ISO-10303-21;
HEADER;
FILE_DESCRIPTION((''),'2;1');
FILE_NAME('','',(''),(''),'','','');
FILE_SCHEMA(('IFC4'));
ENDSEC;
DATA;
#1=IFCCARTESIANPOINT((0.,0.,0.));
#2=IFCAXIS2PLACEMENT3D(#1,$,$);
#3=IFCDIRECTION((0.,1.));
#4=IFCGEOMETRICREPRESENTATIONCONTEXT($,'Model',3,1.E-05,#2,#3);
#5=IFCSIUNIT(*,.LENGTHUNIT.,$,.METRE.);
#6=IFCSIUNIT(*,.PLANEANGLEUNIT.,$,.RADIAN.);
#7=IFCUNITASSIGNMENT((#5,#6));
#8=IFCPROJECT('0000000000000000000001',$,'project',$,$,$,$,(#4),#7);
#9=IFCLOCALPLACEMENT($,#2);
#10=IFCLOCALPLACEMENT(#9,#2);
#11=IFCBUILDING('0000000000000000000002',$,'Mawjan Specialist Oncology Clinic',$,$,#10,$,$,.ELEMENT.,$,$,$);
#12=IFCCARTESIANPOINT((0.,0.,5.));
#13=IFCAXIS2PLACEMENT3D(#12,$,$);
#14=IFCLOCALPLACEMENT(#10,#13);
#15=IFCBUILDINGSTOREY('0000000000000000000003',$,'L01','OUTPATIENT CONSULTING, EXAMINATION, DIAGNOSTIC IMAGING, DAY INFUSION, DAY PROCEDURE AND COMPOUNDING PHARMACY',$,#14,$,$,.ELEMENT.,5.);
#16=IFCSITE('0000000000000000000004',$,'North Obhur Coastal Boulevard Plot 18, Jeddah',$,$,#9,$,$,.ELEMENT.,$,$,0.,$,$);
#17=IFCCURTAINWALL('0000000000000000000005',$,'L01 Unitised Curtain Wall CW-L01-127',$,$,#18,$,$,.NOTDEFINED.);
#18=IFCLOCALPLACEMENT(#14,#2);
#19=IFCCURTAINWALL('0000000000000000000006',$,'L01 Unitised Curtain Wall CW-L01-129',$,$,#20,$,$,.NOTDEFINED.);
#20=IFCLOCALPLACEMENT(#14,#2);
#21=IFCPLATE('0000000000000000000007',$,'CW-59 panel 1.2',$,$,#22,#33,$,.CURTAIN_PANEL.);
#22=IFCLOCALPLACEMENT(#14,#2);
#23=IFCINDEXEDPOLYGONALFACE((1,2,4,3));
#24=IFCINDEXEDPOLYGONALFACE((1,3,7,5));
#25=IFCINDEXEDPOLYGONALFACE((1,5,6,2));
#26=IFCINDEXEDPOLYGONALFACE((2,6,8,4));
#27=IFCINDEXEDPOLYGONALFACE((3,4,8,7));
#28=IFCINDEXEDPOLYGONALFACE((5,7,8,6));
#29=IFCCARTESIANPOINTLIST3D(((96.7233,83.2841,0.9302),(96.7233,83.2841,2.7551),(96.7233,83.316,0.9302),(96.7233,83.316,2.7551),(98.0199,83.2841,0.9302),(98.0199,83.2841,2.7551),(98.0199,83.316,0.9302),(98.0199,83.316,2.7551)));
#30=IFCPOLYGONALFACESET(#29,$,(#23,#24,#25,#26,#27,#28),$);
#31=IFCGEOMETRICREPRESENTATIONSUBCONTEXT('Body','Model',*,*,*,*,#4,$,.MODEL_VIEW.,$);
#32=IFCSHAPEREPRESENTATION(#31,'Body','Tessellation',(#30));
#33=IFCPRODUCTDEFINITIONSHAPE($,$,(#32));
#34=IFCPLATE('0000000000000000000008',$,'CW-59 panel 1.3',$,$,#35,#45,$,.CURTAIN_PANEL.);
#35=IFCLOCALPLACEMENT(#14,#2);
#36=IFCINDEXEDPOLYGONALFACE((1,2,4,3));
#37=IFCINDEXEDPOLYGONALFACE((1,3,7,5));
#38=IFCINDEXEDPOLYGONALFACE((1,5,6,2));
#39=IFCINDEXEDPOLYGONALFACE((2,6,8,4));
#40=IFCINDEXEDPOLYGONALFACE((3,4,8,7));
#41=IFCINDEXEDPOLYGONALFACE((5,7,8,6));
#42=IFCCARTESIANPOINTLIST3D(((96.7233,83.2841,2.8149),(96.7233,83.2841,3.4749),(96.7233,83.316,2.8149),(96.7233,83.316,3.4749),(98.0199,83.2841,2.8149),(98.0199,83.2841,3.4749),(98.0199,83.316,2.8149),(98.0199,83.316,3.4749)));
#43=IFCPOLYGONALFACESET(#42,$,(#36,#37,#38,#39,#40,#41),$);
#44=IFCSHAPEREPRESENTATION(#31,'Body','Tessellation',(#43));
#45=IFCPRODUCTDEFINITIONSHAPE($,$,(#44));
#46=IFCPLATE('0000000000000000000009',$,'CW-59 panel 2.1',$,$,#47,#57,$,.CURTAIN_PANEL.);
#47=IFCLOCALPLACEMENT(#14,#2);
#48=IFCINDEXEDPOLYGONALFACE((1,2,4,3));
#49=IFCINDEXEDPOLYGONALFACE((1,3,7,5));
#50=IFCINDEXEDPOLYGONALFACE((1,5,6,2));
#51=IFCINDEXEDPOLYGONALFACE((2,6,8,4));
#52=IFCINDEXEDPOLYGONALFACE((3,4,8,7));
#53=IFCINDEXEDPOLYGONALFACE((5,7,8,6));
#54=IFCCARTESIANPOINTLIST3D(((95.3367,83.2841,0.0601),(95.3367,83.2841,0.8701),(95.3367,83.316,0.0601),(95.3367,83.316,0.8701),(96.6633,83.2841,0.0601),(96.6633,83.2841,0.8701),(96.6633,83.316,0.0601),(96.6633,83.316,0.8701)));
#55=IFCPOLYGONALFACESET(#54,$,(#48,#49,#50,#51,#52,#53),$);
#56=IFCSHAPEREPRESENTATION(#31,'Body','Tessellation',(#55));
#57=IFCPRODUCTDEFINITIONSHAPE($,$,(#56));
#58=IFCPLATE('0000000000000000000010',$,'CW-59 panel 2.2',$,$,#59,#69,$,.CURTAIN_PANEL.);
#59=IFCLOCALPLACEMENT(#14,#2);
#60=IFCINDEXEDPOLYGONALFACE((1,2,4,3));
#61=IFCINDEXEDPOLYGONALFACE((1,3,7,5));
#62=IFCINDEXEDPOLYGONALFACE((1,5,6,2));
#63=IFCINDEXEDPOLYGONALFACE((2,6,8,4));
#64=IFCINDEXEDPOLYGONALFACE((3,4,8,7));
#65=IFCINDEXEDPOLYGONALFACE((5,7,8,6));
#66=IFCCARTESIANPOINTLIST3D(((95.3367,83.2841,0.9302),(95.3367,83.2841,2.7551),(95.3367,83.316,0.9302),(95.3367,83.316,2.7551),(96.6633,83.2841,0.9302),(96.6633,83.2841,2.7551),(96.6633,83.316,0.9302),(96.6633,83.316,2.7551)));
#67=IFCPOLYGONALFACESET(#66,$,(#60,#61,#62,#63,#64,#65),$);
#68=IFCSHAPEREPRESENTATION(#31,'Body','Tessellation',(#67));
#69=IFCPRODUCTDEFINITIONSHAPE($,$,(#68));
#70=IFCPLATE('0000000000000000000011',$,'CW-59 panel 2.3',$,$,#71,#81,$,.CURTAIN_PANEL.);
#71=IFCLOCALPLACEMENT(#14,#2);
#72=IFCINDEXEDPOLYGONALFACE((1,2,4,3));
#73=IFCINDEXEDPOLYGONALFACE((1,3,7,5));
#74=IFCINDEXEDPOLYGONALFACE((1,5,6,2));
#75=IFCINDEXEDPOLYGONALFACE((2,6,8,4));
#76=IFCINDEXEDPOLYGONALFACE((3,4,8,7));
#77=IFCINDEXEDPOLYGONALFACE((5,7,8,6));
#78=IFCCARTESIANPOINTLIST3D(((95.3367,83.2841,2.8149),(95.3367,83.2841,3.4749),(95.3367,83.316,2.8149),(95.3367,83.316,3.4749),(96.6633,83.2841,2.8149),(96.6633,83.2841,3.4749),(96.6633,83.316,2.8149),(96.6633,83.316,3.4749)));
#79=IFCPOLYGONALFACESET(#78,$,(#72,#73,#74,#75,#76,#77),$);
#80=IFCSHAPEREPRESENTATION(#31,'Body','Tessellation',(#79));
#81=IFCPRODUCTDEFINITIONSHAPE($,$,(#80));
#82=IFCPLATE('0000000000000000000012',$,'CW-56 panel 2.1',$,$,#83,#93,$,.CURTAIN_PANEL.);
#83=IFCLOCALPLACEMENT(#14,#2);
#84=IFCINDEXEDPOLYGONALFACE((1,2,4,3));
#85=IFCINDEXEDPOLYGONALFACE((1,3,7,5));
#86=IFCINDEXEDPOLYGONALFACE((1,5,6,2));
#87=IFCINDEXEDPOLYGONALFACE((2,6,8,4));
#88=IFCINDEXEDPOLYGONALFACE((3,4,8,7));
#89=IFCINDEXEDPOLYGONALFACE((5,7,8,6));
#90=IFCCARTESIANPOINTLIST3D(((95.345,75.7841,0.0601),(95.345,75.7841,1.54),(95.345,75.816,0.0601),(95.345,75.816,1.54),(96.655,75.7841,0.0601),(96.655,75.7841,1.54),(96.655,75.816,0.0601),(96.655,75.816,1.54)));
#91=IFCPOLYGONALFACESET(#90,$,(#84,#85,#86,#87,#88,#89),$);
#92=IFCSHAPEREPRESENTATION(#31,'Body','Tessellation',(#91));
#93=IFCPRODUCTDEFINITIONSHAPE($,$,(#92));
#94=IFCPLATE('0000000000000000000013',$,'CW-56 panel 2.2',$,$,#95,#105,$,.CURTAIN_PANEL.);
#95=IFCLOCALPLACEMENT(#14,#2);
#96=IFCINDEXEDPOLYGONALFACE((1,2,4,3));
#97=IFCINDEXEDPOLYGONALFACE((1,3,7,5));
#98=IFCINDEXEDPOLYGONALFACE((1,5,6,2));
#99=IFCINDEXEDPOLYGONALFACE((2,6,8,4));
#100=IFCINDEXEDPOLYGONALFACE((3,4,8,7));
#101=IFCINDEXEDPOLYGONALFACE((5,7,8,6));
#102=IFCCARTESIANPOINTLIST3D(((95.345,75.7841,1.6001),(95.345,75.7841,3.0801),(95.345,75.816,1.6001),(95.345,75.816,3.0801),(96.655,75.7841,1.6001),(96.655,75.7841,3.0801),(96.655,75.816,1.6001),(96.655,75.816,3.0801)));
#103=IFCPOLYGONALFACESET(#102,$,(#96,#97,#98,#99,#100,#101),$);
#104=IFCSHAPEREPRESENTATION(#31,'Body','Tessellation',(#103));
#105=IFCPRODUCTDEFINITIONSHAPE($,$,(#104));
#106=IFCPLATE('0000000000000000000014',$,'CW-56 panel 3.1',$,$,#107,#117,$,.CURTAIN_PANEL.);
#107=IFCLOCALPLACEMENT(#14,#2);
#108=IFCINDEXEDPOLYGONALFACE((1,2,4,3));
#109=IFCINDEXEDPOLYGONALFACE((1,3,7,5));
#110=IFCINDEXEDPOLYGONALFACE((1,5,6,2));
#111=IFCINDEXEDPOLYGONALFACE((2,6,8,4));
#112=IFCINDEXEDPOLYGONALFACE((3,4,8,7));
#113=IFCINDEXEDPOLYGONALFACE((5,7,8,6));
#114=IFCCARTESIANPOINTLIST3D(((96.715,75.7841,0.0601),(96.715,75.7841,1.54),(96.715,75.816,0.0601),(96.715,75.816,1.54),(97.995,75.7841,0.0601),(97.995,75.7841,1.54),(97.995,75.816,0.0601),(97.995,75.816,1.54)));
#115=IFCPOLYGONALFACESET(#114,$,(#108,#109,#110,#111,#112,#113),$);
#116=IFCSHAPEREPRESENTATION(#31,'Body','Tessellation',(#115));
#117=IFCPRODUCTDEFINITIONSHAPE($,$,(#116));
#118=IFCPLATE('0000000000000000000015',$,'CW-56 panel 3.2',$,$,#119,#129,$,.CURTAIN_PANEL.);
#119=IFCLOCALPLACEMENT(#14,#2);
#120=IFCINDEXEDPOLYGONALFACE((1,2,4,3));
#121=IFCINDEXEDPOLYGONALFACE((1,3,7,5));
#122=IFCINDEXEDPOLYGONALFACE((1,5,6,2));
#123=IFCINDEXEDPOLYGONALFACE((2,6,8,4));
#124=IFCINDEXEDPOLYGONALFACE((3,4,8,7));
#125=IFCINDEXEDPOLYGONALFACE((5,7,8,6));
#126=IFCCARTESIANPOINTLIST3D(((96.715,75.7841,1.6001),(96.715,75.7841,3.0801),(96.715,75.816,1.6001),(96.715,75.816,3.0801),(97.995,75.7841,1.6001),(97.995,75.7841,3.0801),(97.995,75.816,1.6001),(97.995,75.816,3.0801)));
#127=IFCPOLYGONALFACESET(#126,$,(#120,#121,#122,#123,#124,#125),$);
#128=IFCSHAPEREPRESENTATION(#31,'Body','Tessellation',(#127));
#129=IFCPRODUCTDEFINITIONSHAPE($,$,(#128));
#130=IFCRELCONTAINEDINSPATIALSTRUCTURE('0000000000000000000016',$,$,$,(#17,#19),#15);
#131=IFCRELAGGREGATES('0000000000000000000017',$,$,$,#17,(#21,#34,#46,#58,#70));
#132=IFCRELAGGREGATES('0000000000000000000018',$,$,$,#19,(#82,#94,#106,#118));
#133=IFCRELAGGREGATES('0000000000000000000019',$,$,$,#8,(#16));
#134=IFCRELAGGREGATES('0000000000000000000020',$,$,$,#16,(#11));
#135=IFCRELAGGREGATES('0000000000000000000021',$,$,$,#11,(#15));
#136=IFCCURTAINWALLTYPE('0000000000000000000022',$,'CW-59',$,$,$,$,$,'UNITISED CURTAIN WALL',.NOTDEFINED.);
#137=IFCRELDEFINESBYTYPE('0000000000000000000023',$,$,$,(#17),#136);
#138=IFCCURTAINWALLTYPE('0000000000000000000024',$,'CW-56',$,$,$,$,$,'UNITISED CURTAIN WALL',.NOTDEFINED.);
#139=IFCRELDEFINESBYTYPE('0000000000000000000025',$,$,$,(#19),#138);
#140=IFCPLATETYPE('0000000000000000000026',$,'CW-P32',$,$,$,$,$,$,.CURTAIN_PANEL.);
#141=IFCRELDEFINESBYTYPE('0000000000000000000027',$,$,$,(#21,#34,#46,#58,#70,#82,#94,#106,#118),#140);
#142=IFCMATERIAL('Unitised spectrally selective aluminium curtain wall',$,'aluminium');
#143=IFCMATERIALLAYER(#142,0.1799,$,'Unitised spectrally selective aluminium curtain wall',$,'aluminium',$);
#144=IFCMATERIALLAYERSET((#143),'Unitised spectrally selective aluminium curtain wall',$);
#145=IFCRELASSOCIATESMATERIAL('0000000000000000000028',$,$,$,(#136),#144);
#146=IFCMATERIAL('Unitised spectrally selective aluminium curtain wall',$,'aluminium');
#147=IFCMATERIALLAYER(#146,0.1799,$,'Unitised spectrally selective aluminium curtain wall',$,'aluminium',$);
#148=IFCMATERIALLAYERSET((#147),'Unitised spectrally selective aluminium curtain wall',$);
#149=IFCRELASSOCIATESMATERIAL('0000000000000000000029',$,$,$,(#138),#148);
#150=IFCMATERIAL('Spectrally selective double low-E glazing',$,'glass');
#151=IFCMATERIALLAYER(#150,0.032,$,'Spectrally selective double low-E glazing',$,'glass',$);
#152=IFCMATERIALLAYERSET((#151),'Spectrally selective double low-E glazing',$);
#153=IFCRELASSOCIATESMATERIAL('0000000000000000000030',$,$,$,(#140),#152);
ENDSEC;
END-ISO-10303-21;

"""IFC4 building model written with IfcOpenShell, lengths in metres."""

from ifc_helpers import new_model, si_unit, direction, frame, origin, origin_2d, place, context, subcontext, project, spatial, rectangle, extrude, material, layer, layer_set, type_object, element, aggregate, save


model = new_model("IFC4")

# Units and contexts
model_context = context("Model", 3, precision=1e-05, world=origin(), true_north=direction((0.0, 1.0)))
body_context = subcontext(model_context, "Body", "Model", "MODEL_VIEW")
ifc_project = project(units=[si_unit("LENGTHUNIT", "METRE"), si_unit("PLANEANGLEUNIT", "RADIAN")], contexts=[model_context])

# Site, building, storey
site_placement = place(None, origin())
site = spatial("IfcSite", under=ifc_project, at=site_placement, Name="North Obhur Coastal Boulevard Plot 18, Jeddah", CompositionType="ELEMENT", RefElevation=0.0)
building_placement = place(site_placement, origin())
building = spatial("IfcBuilding", under=site, at=building_placement, Name="Mawjan Specialist Oncology Clinic", CompositionType="ELEMENT")
storey_placement = place(building_placement, frame((0.0, 0.0, 5.0)))
storey = spatial("IfcBuildingStorey", under=building, at=storey_placement, Name="L01", Description="OUTPATIENT CONSULTING, EXAMINATION, DIAGNOSTIC IMAGING, DAY INFUSION, DAY PROCEDURE AND COMPOUNDING PHARMACY", CompositionType="ELEMENT", Elevation=5.0)

# Curtain walls
ifc_material_1 = material(Name="Unitised spectrally selective aluminium curtain wall", Category="aluminium")
ifc_layer_1 = layer(ifc_material_1, 0.1799, Name="Unitised spectrally selective aluminium curtain wall", Category="aluminium")
ifc_layer_set_1 = layer_set([ifc_layer_1], Name="Unitised spectrally selective aluminium curtain wall")
curtain_wall_type_1 = type_object("IfcCurtainWallType", Name="CW-59", ElementType="UNITISED CURTAIN WALL", PredefinedType="NOTDEFINED", material=ifc_layer_set_1)
curtain_wall_1_placement = place(storey_placement, origin())
curtain_wall_1 = element("IfcCurtainWall", 1, at=curtain_wall_1_placement, inside=storey, type_object=curtain_wall_type_1, Name="L01 Unitised Curtain Wall CW-L01-127", PredefinedType="NOTDEFINED")
ifc_material_2 = material(Name="Unitised spectrally selective aluminium curtain wall", Category="aluminium")
ifc_layer_2 = layer(ifc_material_2, 0.1799, Name="Unitised spectrally selective aluminium curtain wall", Category="aluminium")
ifc_layer_set_2 = layer_set([ifc_layer_2], Name="Unitised spectrally selective aluminium curtain wall")
curtain_wall_type_2 = type_object("IfcCurtainWallType", Name="CW-56", ElementType="UNITISED CURTAIN WALL", PredefinedType="NOTDEFINED", material=ifc_layer_set_2)
curtain_wall_2_placement = place(storey_placement, origin())
curtain_wall_2 = element("IfcCurtainWall", 2, at=curtain_wall_2_placement, inside=storey, type_object=curtain_wall_type_2, Name="L01 Unitised Curtain Wall CW-L01-129", PredefinedType="NOTDEFINED")

# Plates
ifc_material_3 = material(Name="Spectrally selective double low-E glazing", Category="glass")
ifc_layer_3 = layer(ifc_material_3, 0.032, Name="Spectrally selective double low-E glazing", Category="glass")
ifc_layer_set_3 = layer_set([ifc_layer_3], Name="Spectrally selective double low-E glazing")
plate_type = type_object("IfcPlateType", Name="CW-P32", PredefinedType="CURTAIN_PANEL", material=ifc_layer_set_3)
plate_1_placement = place(storey_placement, frame((97.3716, 83.3, 0.9302), z_axis=(0.0, 0.0, 1.0), x_axis=(-1.0, 0.0, 0.0)))
plate_1 = element("IfcPlate", 3, at=plate_1_placement, type_object=plate_type, Name="CW-59 panel 1.2", PredefinedType="CURTAIN_PANEL", context=body_context, shape_type="SweptSolid", body=[
    extrude(rectangle(XDim=1.2966, YDim=0.032, at=origin_2d()), origin(), (0.0, 0.0, 1.0), 1.825),
])
plate_2_placement = place(storey_placement, frame((97.3716, 83.3, 2.8149), z_axis=(0.0, 0.0, 1.0), x_axis=(-1.0, 0.0, 0.0)))
plate_2 = element("IfcPlate", 4, at=plate_2_placement, type_object=plate_type, Name="CW-59 panel 1.3", PredefinedType="CURTAIN_PANEL", context=body_context, shape_type="SweptSolid", body=[
    extrude(rectangle(XDim=1.2966, YDim=0.032, at=origin_2d()), origin(), (0.0, 0.0, 1.0), 0.6599),
])
plate_3_placement = place(storey_placement, frame((96.0, 83.3, 0.0601), z_axis=(0.0, 0.0, 1.0), x_axis=(-1.0, 0.0, 0.0)))
plate_3 = element("IfcPlate", 5, at=plate_3_placement, type_object=plate_type, Name="CW-59 panel 2.1", PredefinedType="CURTAIN_PANEL", context=body_context, shape_type="SweptSolid", body=[
    extrude(rectangle(XDim=1.3267, YDim=0.032, at=origin_2d()), origin(), (0.0, 0.0, 1.0), 0.8101),
])
plate_4_placement = place(storey_placement, frame((96.0, 83.3, 0.9302), z_axis=(0.0, 0.0, 1.0), x_axis=(-1.0, 0.0, 0.0)))
plate_4 = element("IfcPlate", 6, at=plate_4_placement, type_object=plate_type, Name="CW-59 panel 2.2", PredefinedType="CURTAIN_PANEL", context=body_context, shape_type="SweptSolid", body=[
    extrude(rectangle(XDim=1.3267, YDim=0.032, at=origin_2d()), origin(), (0.0, 0.0, 1.0), 1.825),
])
plate_5_placement = place(storey_placement, frame((96.0, 83.3, 2.8149), z_axis=(0.0, 0.0, 1.0), x_axis=(-1.0, 0.0, 0.0)))
plate_5 = element("IfcPlate", 7, at=plate_5_placement, type_object=plate_type, Name="CW-59 panel 2.3", PredefinedType="CURTAIN_PANEL", context=body_context, shape_type="SweptSolid", body=[
    extrude(rectangle(XDim=1.3267, YDim=0.032, at=origin_2d()), origin(), (0.0, 0.0, 1.0), 0.6599),
])
aggregate(curtain_wall_1, [plate_1, plate_2, plate_3, plate_4, plate_5])
plate_6_placement = place(storey_placement, frame((96.0, 75.8, 0.0601), z_axis=(0.0, 0.0, 1.0), x_axis=(1.0, 0.0, 0.0)))
plate_6 = element("IfcPlate", 8, at=plate_6_placement, type_object=plate_type, Name="CW-56 panel 2.1", PredefinedType="CURTAIN_PANEL", context=body_context, shape_type="SweptSolid", body=[
    extrude(rectangle(XDim=1.3101, YDim=0.032, at=origin_2d()), origin(), (0.0, 0.0, 1.0), 1.48),
])
plate_7_placement = place(storey_placement, frame((96.0, 75.8, 1.6001), z_axis=(0.0, 0.0, 1.0), x_axis=(1.0, 0.0, 0.0)))
plate_7 = element("IfcPlate", 9, at=plate_7_placement, type_object=plate_type, Name="CW-56 panel 2.2", PredefinedType="CURTAIN_PANEL", context=body_context, shape_type="SweptSolid", body=[
    extrude(rectangle(XDim=1.3101, YDim=0.032, at=origin_2d()), origin(), (0.0, 0.0, 1.0), 1.48),
])
plate_8_placement = place(storey_placement, frame((97.355, 75.8, 0.0601), z_axis=(0.0, 0.0, 1.0), x_axis=(1.0, 0.0, 0.0)))
plate_8 = element("IfcPlate", 10, at=plate_8_placement, type_object=plate_type, Name="CW-56 panel 3.1", PredefinedType="CURTAIN_PANEL", context=body_context, shape_type="SweptSolid", body=[
    extrude(rectangle(XDim=1.28, YDim=0.032, at=origin_2d()), origin(), (0.0, 0.0, 1.0), 1.48),
])
plate_9_placement = place(storey_placement, frame((97.355, 75.8, 1.6001), z_axis=(0.0, 0.0, 1.0), x_axis=(1.0, 0.0, 0.0)))
plate_9 = element("IfcPlate", 11, at=plate_9_placement, type_object=plate_type, Name="CW-56 panel 3.2", PredefinedType="CURTAIN_PANEL", context=body_context, shape_type="SweptSolid", body=[
    extrude(rectangle(XDim=1.28, YDim=0.032, at=origin_2d()), origin(), (0.0, 0.0, 1.0), 1.48),
])
aggregate(curtain_wall_2, [plate_6, plate_7, plate_8, plate_9])

save(model, "model.ifc")
